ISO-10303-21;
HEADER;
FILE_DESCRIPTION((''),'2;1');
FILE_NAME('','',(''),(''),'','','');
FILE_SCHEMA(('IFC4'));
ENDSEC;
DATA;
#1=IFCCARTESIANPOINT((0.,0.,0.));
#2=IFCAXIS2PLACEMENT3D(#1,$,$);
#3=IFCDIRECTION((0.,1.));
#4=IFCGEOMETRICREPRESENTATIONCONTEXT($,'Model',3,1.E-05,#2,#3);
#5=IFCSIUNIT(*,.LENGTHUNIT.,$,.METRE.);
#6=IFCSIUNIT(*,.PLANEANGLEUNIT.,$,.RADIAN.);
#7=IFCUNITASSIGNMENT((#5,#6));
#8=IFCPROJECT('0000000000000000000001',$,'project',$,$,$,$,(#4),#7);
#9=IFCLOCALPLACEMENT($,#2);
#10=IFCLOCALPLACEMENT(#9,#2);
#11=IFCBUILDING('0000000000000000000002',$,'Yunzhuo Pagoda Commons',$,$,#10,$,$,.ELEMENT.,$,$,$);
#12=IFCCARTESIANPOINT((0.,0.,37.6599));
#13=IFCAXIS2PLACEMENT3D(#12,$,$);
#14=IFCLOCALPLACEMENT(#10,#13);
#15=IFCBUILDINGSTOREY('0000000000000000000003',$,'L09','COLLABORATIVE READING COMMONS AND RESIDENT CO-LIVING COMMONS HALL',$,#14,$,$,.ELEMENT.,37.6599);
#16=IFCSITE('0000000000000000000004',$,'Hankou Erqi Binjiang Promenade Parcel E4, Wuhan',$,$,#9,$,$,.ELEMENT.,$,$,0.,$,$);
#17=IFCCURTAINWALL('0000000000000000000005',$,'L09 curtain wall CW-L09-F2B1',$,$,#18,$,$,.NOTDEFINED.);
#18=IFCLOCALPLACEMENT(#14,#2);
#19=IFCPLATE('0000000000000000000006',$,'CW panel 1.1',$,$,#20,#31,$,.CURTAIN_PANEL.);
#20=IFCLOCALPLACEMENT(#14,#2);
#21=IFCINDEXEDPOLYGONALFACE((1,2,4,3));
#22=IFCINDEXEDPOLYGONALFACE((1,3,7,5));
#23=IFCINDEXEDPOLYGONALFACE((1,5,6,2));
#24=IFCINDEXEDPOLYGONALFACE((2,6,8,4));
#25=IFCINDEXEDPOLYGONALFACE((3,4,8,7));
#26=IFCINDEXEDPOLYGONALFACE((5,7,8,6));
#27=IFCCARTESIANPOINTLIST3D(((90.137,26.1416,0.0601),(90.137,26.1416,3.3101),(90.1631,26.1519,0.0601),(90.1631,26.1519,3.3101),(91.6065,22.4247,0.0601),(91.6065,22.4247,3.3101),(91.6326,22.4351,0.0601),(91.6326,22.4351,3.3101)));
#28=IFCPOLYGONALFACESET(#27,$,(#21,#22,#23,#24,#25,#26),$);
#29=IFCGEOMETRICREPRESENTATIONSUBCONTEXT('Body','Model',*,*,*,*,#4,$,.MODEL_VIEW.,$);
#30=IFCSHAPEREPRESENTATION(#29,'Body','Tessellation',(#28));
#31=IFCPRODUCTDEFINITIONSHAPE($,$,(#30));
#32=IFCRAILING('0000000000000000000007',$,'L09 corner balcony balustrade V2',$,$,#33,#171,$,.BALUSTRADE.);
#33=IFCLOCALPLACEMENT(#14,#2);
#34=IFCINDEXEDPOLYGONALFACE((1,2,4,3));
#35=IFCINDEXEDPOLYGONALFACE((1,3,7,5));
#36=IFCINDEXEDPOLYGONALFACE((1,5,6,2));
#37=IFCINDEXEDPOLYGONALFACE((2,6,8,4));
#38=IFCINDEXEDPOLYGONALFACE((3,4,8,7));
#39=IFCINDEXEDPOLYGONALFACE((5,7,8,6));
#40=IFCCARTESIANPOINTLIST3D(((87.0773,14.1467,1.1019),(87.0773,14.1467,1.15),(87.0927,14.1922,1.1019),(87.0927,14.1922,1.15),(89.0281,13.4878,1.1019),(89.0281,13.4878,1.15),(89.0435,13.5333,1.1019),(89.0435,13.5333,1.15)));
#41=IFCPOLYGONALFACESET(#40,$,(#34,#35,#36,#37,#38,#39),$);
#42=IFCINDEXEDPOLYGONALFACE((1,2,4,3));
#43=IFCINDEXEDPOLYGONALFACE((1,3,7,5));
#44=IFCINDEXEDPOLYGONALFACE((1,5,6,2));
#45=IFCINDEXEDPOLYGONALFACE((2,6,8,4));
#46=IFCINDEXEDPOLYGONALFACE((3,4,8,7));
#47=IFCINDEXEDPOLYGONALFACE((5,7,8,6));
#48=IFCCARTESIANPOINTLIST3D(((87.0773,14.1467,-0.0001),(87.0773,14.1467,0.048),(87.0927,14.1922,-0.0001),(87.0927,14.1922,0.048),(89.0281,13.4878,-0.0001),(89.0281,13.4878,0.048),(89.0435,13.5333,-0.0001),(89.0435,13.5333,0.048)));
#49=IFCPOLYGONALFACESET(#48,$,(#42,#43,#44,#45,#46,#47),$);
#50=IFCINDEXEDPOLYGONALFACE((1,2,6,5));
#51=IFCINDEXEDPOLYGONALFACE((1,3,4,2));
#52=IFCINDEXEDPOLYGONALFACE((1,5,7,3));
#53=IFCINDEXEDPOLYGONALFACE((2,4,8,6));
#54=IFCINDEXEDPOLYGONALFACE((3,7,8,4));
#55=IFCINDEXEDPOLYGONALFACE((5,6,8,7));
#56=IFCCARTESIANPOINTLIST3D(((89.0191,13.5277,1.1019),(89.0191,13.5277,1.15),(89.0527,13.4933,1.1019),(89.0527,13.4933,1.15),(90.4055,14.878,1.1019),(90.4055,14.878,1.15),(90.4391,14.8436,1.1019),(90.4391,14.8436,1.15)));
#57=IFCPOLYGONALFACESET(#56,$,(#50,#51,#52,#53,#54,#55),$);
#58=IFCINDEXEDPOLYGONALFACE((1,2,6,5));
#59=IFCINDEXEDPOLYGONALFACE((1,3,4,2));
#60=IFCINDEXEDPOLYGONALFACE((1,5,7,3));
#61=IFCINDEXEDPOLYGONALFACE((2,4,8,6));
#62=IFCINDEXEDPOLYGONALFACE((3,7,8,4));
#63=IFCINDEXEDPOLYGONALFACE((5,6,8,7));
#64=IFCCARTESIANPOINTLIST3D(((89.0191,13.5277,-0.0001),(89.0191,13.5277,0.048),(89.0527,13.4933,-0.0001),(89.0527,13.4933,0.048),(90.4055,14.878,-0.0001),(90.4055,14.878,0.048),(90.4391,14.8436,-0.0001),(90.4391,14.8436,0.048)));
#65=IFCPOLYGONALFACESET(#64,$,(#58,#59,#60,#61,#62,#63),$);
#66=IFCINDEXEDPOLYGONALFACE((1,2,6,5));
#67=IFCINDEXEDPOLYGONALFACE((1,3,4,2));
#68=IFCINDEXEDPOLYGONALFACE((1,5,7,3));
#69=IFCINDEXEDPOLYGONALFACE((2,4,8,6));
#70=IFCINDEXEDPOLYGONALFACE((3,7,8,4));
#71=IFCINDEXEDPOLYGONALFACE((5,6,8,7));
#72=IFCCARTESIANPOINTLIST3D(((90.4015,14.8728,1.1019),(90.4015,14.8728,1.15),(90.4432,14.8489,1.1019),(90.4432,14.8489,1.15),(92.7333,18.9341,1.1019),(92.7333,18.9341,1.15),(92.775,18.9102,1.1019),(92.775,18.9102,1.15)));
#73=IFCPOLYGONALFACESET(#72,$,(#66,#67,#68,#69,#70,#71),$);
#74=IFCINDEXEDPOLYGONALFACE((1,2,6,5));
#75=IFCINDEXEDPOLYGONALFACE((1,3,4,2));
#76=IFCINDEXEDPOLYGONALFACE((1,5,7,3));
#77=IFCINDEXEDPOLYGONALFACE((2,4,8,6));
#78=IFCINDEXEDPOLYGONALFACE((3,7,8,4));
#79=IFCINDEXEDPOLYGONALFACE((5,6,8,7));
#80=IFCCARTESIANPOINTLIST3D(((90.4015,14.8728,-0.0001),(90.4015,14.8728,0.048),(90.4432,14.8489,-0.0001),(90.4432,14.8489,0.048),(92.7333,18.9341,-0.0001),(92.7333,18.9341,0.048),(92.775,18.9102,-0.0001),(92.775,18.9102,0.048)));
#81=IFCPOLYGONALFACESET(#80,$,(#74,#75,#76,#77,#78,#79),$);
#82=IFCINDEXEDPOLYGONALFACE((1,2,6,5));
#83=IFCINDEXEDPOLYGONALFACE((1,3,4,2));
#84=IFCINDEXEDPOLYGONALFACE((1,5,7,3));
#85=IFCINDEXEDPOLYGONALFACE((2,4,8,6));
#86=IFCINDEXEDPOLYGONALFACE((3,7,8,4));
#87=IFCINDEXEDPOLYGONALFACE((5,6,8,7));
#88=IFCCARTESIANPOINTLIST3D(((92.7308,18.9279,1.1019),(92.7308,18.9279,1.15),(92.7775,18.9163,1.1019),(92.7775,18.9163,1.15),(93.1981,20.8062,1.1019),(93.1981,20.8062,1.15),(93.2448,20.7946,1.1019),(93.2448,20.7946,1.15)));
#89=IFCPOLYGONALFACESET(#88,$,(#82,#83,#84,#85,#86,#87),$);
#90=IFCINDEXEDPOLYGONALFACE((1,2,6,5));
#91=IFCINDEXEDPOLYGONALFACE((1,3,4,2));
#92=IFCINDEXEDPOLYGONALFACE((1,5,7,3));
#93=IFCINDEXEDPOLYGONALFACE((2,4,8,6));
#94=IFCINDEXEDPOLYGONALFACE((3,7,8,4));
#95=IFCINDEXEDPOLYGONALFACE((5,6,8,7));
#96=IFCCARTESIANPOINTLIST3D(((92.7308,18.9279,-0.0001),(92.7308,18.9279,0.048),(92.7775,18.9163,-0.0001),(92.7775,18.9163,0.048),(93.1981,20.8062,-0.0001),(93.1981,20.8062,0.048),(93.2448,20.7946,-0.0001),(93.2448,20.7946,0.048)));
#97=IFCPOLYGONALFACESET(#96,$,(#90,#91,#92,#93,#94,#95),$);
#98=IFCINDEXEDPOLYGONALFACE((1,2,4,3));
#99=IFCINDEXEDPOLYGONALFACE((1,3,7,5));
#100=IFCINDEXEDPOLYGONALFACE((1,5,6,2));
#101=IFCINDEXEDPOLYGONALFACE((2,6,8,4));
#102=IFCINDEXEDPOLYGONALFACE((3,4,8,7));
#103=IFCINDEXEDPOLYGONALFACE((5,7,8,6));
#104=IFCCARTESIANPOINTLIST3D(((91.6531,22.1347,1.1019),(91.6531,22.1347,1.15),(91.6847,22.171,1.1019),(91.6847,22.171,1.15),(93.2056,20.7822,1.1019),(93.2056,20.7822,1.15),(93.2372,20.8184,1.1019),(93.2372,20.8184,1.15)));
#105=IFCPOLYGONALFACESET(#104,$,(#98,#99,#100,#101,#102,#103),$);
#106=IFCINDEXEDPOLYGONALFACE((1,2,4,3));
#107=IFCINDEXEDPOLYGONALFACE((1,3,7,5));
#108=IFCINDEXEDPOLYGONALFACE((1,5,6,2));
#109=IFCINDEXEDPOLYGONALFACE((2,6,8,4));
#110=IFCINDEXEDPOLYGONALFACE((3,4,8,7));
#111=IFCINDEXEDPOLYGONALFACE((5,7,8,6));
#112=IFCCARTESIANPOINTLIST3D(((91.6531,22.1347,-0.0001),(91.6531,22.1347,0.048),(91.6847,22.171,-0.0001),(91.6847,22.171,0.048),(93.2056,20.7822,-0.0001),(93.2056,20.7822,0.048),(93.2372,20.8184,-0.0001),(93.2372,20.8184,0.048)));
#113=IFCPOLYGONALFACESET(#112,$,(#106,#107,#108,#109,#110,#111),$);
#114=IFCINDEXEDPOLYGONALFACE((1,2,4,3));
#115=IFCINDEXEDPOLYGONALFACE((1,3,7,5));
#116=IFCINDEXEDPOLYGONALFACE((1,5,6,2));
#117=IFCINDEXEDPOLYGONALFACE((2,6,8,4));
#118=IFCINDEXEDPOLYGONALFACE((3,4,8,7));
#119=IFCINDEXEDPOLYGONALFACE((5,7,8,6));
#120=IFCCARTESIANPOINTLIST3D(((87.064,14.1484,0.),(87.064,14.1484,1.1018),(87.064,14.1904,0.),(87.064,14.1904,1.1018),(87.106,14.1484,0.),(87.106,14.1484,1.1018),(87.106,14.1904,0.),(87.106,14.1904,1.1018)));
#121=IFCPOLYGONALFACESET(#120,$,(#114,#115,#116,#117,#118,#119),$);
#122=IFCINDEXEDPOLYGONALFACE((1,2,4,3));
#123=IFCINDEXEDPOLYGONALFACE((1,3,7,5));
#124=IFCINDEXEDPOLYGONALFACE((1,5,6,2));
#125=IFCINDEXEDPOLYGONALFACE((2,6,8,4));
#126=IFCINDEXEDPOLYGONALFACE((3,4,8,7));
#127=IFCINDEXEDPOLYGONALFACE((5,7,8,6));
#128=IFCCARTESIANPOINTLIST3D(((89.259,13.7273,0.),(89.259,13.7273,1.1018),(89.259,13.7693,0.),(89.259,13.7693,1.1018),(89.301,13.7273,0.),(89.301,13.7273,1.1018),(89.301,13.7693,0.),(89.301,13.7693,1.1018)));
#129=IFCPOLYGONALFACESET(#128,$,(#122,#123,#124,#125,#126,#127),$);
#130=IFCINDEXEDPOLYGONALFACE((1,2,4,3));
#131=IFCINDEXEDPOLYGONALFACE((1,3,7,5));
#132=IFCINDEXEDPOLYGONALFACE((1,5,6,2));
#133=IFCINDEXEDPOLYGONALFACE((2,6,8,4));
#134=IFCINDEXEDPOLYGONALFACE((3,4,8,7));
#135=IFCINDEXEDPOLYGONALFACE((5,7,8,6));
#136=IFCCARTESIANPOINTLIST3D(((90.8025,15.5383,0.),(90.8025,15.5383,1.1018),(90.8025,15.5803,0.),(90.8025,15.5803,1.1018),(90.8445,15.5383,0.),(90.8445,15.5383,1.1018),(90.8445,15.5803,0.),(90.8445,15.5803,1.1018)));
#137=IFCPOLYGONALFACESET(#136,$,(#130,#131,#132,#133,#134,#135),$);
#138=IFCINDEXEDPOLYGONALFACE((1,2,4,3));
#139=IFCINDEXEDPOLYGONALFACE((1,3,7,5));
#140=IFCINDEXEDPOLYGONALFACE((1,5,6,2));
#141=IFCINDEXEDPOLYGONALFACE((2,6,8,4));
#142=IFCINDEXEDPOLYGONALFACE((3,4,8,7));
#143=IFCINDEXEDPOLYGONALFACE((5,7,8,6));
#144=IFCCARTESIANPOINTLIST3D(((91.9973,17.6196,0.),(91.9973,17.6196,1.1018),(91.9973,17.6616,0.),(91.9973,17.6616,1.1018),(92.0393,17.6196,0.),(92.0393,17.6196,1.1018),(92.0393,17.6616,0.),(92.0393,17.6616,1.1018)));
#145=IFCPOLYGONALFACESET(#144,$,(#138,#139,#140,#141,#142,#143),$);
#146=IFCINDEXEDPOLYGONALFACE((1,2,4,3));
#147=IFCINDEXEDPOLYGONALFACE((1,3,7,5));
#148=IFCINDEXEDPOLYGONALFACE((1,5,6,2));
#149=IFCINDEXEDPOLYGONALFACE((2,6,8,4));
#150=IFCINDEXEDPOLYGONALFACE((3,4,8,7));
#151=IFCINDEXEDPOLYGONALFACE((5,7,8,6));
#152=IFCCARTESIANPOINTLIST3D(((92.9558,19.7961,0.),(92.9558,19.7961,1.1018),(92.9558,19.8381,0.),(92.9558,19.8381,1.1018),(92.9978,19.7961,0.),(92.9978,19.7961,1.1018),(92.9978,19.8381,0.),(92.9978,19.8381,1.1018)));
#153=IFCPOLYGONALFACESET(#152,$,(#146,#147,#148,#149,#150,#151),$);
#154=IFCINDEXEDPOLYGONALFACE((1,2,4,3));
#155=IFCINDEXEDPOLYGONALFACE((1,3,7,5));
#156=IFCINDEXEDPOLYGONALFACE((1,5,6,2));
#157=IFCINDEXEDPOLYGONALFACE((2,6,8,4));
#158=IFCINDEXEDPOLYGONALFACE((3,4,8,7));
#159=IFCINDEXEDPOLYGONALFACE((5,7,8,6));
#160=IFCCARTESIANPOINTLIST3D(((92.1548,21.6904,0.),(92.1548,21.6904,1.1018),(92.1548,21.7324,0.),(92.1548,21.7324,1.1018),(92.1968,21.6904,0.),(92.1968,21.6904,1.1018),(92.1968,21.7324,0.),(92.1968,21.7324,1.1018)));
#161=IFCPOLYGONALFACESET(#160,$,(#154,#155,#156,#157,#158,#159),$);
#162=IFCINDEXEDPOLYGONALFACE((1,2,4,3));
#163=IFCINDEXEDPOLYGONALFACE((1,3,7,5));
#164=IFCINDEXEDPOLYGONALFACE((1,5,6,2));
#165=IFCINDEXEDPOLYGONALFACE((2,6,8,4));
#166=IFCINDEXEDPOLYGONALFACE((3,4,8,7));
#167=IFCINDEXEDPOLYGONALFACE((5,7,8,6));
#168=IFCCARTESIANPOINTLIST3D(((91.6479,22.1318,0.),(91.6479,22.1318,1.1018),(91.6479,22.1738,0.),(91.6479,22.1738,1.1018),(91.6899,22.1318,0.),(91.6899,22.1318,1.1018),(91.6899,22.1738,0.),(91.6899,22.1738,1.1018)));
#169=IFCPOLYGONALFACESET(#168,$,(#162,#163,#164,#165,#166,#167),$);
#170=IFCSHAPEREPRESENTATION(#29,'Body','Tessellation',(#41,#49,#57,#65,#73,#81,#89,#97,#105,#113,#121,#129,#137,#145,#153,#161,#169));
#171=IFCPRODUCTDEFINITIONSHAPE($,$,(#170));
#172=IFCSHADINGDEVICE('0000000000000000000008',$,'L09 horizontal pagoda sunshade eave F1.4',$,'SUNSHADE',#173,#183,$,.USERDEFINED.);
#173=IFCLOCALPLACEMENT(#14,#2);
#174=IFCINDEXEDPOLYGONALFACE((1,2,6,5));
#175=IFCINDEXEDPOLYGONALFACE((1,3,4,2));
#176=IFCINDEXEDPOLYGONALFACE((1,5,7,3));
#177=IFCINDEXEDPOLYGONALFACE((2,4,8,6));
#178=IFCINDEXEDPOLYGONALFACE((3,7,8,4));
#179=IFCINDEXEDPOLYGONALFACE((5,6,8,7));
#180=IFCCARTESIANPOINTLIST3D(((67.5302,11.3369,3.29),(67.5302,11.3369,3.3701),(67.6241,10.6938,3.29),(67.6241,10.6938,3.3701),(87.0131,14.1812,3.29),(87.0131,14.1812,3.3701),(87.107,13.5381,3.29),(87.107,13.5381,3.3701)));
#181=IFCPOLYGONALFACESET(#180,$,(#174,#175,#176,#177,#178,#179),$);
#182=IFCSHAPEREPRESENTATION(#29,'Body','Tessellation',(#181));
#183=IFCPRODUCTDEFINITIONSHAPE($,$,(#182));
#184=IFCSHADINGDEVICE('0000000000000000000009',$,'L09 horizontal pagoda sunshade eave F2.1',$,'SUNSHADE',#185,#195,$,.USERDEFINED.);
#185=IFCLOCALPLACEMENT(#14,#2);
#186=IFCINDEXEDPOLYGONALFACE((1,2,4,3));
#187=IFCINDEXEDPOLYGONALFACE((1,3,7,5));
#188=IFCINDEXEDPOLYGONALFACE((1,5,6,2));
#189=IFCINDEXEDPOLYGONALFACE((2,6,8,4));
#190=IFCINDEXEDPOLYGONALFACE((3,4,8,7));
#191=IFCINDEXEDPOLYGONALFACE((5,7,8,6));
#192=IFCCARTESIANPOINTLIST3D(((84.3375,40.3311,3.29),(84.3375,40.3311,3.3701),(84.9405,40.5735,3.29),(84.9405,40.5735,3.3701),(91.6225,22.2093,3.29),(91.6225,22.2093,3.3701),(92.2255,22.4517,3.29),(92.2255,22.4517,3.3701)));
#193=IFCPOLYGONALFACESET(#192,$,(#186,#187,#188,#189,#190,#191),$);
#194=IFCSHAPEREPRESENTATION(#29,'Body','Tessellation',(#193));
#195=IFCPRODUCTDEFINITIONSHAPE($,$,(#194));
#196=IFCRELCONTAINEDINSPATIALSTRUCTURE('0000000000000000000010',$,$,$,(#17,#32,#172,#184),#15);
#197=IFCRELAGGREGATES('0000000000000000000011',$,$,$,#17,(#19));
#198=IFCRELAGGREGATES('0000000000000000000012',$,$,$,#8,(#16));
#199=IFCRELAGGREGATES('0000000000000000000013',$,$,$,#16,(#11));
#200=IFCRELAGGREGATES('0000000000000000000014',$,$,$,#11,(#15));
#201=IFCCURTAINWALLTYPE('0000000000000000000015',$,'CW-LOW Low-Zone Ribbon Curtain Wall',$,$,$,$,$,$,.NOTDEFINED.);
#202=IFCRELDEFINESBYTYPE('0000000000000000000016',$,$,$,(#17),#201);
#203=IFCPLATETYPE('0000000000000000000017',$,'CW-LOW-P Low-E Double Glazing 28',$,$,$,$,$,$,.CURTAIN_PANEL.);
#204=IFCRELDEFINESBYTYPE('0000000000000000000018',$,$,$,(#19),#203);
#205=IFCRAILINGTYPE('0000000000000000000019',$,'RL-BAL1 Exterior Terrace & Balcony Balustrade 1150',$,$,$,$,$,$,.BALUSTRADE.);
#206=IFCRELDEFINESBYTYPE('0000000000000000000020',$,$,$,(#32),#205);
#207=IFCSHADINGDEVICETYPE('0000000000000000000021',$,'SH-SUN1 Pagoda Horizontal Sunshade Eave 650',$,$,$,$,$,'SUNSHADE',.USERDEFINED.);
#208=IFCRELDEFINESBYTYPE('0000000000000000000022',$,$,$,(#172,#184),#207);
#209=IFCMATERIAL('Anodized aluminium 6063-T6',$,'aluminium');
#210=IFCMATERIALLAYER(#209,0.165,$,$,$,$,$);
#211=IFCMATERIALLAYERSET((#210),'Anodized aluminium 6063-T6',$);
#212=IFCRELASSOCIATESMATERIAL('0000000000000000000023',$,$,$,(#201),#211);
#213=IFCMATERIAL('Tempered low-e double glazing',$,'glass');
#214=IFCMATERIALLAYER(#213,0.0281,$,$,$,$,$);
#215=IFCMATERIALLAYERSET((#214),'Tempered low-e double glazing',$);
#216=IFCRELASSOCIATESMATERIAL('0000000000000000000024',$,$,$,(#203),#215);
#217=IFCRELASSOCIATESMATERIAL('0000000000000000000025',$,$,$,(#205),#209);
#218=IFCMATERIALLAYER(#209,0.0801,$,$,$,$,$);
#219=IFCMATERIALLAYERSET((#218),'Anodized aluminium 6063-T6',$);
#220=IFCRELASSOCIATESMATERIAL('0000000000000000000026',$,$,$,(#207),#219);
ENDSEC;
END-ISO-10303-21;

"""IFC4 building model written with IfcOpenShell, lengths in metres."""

from ifc_helpers import new_model, si_unit, direction, frame, origin, origin_2d, place, context, subcontext, project, spatial, rectangle, extrude, source, transform, mapped, material, layer, layer_set, type_object, element, aggregate, save


model = new_model("IFC4")

# Units and contexts
model_context = context("Model", 3, precision=1e-05, world=origin(), true_north=direction((0.0, 1.0)))
body_context = subcontext(model_context, "Body", "Model", "MODEL_VIEW")
ifc_project = project(units=[si_unit("LENGTHUNIT", "METRE"), si_unit("PLANEANGLEUNIT", "RADIAN")], contexts=[model_context])

# Site, building, storey
site_placement = place(None, origin())
site = spatial("IfcSite", under=ifc_project, at=site_placement, Name="Hankou Erqi Binjiang Promenade Parcel E4, Wuhan", CompositionType="ELEMENT", RefElevation=0.0)
building_placement = place(site_placement, origin())
building = spatial("IfcBuilding", under=site, at=building_placement, Name="Yunzhuo Pagoda Commons", CompositionType="ELEMENT")
storey_placement = place(building_placement, frame((0.0, 0.0, 37.6599)))
storey = spatial("IfcBuildingStorey", under=building, at=storey_placement, Name="L09", Description="COLLABORATIVE READING COMMONS AND RESIDENT CO-LIVING COMMONS HALL", CompositionType="ELEMENT", Elevation=37.6599)

# Curtain wall
ifc_material_1 = material(Name="Anodized aluminium 6063-T6", Category="aluminium")
ifc_layer_1 = layer(ifc_material_1, 0.165)
ifc_layer_set_1 = layer_set([ifc_layer_1], Name="Anodized aluminium 6063-T6")
curtain_wall_type = type_object("IfcCurtainWallType", Name="CW-LOW Low-Zone Ribbon Curtain Wall", PredefinedType="NOTDEFINED", material=ifc_layer_set_1)
curtain_wall_1_placement = place(storey_placement, origin())
curtain_wall_1 = element("IfcCurtainWall", 1, at=curtain_wall_1_placement, inside=storey, type_object=curtain_wall_type, Name="L09 curtain wall CW-L09-F2B1", PredefinedType="NOTDEFINED")

# Plate
ifc_material_2 = material(Name="Tempered low-e double glazing", Category="glass")
ifc_layer_2 = layer(ifc_material_2, 0.0281)
ifc_layer_set_2 = layer_set([ifc_layer_2], Name="Tempered low-e double glazing")
plate_type = type_object("IfcPlateType", Name="CW-LOW-P Low-E Double Glazing 28", PredefinedType="CURTAIN_PANEL", material=ifc_layer_set_2)
shared_shape_1 = source(origin(), body_context, "Body", "SweptSolid", [
    extrude(rectangle(XDim=3.9968, YDim=0.0281, at=origin_2d()), origin(), (0.0, 0.0, 1.0), 3.25),
])
plate_1_placement = place(storey_placement, frame((90.8848, 24.2883, 0.0601), z_axis=(0.0, 0.0, 1.0), x_axis=(-0.367665, 0.929958, 0.0)))
plate_1 = element("IfcPlate", 2, at=plate_1_placement, type_object=plate_type, Name="CW panel 1.1", PredefinedType="CURTAIN_PANEL", context=body_context, shape_type="MappedRepresentation", body=[
    mapped(shared_shape_1, transform((0.0, 0.0, 0.0), scale=1.0)),
])
aggregate(curtain_wall_1, [plate_1])

# Railing
railing_type = type_object("IfcRailingType", Name="RL-BAL1 Exterior Terrace & Balcony Balustrade 1150", PredefinedType="BALUSTRADE", material=ifc_material_1)
railing_placement = place(storey_placement, frame((87.085, 14.1694, 0.0)))
element("IfcRailing", 3, at=railing_placement, inside=storey, type_object=railing_type, Name="L09 corner balcony balustrade V2", PredefinedType="BALUSTRADE", context=body_context, shape_type="SweptSolid", body=[
    extrude(rectangle(XDim=0.0481, YDim=0.0481, at=origin_2d()), frame((0.0, 0.0, 1.126), z_axis=(0.947419, -0.319996, 0.0), x_axis=(0.319996, 0.947419, 0.0)), (0.0, 0.0, 1.0), 2.0591),
    extrude(rectangle(XDim=0.0481, YDim=0.0481, at=origin_2d()), frame((0.0, 0.0, 0.0239), z_axis=(0.947419, -0.319996, 0.0), x_axis=(0.319996, 0.947419, 0.0)), (0.0, 0.0, 1.0), 2.0591),
    extrude(rectangle(XDim=0.0481, YDim=0.0481, at=origin_2d()), frame((1.9509, -0.6589, 1.126), z_axis=(0.71638, 0.69771, 0.0), x_axis=(-0.69771, 0.71638, 0.0)), (0.0, 0.0, 1.0), 1.9353),
    extrude(rectangle(XDim=0.0481, YDim=0.0481, at=origin_2d()), frame((1.9509, -0.6589, 0.0239), z_axis=(0.71638, 0.69771, 0.0), x_axis=(-0.69771, 0.71638, 0.0)), (0.0, 0.0, 1.0), 1.9353),
    extrude(rectangle(XDim=0.0481, YDim=0.0481, at=origin_2d()), frame((3.3374, 0.6914, 1.126), z_axis=(0.497918, 0.867224, 0.0), x_axis=(-0.867224, 0.497918, 0.0)), (0.0, 0.0, 1.0), 4.6831),
    extrude(rectangle(XDim=0.0481, YDim=0.0481, at=origin_2d()), frame((3.3374, 0.6914, 0.0239), z_axis=(0.497918, 0.867224, 0.0), x_axis=(-0.867224, 0.497918, 0.0)), (0.0, 0.0, 1.0), 4.6831),
    extrude(rectangle(XDim=0.0481, YDim=0.0481, at=origin_2d()), frame((5.6692, 4.7527, 1.126), z_axis=(0.241437, 0.970416, 0.0), x_axis=(-0.970416, 0.241437, 0.0)), (0.0, 0.0, 1.0), 1.9355),
    extrude(rectangle(XDim=0.0481, YDim=0.0481, at=origin_2d()), frame((5.6692, 4.7527, 0.0239), z_axis=(0.241437, 0.970416, 0.0), x_axis=(-0.970416, 0.241437, 0.0)), (0.0, 0.0, 1.0), 1.9355),
    extrude(rectangle(XDim=0.0481, YDim=0.0481, at=origin_2d()), frame((6.1365, 6.6309, 1.126), z_axis=(-0.753993, 0.656883, 0.0), x_axis=(-0.656883, -0.753993, 0.0)), (0.0, 0.0, 1.0), 2.0591),
    extrude(rectangle(XDim=0.0481, YDim=0.0481, at=origin_2d()), frame((6.1365, 6.6309, 0.0239), z_axis=(-0.753993, 0.656883, 0.0), x_axis=(-0.656883, -0.753993, 0.0)), (0.0, 0.0, 1.0), 2.0591),
    extrude(rectangle(XDim=0.042, YDim=0.042, at=origin_2d()), origin(), (0.0, 0.0, 1.0), 1.1018),
    extrude(rectangle(XDim=0.042, YDim=0.042, at=origin_2d()), frame((2.1951, -0.4211, 0.0)), (0.0, 0.0, 1.0), 1.1018),
    extrude(rectangle(XDim=0.042, YDim=0.042, at=origin_2d()), frame((3.7385, 1.3899, 0.0)), (0.0, 0.0, 1.0), 1.1018),
    extrude(rectangle(XDim=0.042, YDim=0.042, at=origin_2d()), frame((4.9333, 3.4712, 0.0)), (0.0, 0.0, 1.0), 1.1018),
    extrude(rectangle(XDim=0.042, YDim=0.042, at=origin_2d()), frame((5.8918, 5.6477, 0.0)), (0.0, 0.0, 1.0), 1.1018),
    extrude(rectangle(XDim=0.042, YDim=0.042, at=origin_2d()), frame((5.0908, 7.542, 0.0)), (0.0, 0.0, 1.0), 1.1018),
    extrude(rectangle(XDim=0.042, YDim=0.042, at=origin_2d()), frame((4.584, 7.9834, 0.0)), (0.0, 0.0, 1.0), 1.1018),
])

# Shading devices
ifc_layer_3 = layer(ifc_material_1, 0.0801)
ifc_layer_set_3 = layer_set([ifc_layer_3], Name="Anodized aluminium 6063-T6")
shading_device_type = type_object("IfcShadingDeviceType", Name="SH-SUN1 Pagoda Horizontal Sunshade Eave 650", ElementType="SUNSHADE", PredefinedType="USERDEFINED", material=ifc_layer_set_3)
shared_shape_2 = source(origin(), body_context, "Body", "SweptSolid", [
    extrude(rectangle(XDim=19.6895, YDim=0.6499, at=origin_2d()), origin(), (0.0, 0.0, 1.0), 0.0801),
])
shading_device_1_placement = place(storey_placement, frame((77.3186, 12.4375, 3.29), z_axis=(0.0, 0.0, 1.0), x_axis=(0.989511, 0.14446, 0.0)))
element("IfcShadingDevice", 4, at=shading_device_1_placement, inside=storey, type_object=shading_device_type, Name="L09 horizontal pagoda sunshade eave F1.4", ObjectType="SUNSHADE", PredefinedType="USERDEFINED", context=body_context, shape_type="MappedRepresentation", body=[
    mapped(shared_shape_2, transform((0.0, 0.0, 0.0), scale=1.0)),
])
shared_shape_3 = source(origin(), body_context, "Body", "SweptSolid", [
    extrude(rectangle(XDim=19.5312, YDim=0.6499, at=origin_2d()), origin(), (0.0, 0.0, 1.0), 0.0801),
])
shading_device_2_placement = place(storey_placement, frame((88.2815, 31.3914, 3.29), z_axis=(0.0, 0.0, 1.0), x_axis=(-0.372988, 0.927836, 0.0)))
element("IfcShadingDevice", 5, at=shading_device_2_placement, inside=storey, type_object=shading_device_type, Name="L09 horizontal pagoda sunshade eave F2.1", ObjectType="SUNSHADE", PredefinedType="USERDEFINED", context=body_context, shape_type="MappedRepresentation", body=[
    mapped(shared_shape_3, transform((0.0, 0.0, 0.0), scale=1.0)),
])

save(model, "model.ifc")
